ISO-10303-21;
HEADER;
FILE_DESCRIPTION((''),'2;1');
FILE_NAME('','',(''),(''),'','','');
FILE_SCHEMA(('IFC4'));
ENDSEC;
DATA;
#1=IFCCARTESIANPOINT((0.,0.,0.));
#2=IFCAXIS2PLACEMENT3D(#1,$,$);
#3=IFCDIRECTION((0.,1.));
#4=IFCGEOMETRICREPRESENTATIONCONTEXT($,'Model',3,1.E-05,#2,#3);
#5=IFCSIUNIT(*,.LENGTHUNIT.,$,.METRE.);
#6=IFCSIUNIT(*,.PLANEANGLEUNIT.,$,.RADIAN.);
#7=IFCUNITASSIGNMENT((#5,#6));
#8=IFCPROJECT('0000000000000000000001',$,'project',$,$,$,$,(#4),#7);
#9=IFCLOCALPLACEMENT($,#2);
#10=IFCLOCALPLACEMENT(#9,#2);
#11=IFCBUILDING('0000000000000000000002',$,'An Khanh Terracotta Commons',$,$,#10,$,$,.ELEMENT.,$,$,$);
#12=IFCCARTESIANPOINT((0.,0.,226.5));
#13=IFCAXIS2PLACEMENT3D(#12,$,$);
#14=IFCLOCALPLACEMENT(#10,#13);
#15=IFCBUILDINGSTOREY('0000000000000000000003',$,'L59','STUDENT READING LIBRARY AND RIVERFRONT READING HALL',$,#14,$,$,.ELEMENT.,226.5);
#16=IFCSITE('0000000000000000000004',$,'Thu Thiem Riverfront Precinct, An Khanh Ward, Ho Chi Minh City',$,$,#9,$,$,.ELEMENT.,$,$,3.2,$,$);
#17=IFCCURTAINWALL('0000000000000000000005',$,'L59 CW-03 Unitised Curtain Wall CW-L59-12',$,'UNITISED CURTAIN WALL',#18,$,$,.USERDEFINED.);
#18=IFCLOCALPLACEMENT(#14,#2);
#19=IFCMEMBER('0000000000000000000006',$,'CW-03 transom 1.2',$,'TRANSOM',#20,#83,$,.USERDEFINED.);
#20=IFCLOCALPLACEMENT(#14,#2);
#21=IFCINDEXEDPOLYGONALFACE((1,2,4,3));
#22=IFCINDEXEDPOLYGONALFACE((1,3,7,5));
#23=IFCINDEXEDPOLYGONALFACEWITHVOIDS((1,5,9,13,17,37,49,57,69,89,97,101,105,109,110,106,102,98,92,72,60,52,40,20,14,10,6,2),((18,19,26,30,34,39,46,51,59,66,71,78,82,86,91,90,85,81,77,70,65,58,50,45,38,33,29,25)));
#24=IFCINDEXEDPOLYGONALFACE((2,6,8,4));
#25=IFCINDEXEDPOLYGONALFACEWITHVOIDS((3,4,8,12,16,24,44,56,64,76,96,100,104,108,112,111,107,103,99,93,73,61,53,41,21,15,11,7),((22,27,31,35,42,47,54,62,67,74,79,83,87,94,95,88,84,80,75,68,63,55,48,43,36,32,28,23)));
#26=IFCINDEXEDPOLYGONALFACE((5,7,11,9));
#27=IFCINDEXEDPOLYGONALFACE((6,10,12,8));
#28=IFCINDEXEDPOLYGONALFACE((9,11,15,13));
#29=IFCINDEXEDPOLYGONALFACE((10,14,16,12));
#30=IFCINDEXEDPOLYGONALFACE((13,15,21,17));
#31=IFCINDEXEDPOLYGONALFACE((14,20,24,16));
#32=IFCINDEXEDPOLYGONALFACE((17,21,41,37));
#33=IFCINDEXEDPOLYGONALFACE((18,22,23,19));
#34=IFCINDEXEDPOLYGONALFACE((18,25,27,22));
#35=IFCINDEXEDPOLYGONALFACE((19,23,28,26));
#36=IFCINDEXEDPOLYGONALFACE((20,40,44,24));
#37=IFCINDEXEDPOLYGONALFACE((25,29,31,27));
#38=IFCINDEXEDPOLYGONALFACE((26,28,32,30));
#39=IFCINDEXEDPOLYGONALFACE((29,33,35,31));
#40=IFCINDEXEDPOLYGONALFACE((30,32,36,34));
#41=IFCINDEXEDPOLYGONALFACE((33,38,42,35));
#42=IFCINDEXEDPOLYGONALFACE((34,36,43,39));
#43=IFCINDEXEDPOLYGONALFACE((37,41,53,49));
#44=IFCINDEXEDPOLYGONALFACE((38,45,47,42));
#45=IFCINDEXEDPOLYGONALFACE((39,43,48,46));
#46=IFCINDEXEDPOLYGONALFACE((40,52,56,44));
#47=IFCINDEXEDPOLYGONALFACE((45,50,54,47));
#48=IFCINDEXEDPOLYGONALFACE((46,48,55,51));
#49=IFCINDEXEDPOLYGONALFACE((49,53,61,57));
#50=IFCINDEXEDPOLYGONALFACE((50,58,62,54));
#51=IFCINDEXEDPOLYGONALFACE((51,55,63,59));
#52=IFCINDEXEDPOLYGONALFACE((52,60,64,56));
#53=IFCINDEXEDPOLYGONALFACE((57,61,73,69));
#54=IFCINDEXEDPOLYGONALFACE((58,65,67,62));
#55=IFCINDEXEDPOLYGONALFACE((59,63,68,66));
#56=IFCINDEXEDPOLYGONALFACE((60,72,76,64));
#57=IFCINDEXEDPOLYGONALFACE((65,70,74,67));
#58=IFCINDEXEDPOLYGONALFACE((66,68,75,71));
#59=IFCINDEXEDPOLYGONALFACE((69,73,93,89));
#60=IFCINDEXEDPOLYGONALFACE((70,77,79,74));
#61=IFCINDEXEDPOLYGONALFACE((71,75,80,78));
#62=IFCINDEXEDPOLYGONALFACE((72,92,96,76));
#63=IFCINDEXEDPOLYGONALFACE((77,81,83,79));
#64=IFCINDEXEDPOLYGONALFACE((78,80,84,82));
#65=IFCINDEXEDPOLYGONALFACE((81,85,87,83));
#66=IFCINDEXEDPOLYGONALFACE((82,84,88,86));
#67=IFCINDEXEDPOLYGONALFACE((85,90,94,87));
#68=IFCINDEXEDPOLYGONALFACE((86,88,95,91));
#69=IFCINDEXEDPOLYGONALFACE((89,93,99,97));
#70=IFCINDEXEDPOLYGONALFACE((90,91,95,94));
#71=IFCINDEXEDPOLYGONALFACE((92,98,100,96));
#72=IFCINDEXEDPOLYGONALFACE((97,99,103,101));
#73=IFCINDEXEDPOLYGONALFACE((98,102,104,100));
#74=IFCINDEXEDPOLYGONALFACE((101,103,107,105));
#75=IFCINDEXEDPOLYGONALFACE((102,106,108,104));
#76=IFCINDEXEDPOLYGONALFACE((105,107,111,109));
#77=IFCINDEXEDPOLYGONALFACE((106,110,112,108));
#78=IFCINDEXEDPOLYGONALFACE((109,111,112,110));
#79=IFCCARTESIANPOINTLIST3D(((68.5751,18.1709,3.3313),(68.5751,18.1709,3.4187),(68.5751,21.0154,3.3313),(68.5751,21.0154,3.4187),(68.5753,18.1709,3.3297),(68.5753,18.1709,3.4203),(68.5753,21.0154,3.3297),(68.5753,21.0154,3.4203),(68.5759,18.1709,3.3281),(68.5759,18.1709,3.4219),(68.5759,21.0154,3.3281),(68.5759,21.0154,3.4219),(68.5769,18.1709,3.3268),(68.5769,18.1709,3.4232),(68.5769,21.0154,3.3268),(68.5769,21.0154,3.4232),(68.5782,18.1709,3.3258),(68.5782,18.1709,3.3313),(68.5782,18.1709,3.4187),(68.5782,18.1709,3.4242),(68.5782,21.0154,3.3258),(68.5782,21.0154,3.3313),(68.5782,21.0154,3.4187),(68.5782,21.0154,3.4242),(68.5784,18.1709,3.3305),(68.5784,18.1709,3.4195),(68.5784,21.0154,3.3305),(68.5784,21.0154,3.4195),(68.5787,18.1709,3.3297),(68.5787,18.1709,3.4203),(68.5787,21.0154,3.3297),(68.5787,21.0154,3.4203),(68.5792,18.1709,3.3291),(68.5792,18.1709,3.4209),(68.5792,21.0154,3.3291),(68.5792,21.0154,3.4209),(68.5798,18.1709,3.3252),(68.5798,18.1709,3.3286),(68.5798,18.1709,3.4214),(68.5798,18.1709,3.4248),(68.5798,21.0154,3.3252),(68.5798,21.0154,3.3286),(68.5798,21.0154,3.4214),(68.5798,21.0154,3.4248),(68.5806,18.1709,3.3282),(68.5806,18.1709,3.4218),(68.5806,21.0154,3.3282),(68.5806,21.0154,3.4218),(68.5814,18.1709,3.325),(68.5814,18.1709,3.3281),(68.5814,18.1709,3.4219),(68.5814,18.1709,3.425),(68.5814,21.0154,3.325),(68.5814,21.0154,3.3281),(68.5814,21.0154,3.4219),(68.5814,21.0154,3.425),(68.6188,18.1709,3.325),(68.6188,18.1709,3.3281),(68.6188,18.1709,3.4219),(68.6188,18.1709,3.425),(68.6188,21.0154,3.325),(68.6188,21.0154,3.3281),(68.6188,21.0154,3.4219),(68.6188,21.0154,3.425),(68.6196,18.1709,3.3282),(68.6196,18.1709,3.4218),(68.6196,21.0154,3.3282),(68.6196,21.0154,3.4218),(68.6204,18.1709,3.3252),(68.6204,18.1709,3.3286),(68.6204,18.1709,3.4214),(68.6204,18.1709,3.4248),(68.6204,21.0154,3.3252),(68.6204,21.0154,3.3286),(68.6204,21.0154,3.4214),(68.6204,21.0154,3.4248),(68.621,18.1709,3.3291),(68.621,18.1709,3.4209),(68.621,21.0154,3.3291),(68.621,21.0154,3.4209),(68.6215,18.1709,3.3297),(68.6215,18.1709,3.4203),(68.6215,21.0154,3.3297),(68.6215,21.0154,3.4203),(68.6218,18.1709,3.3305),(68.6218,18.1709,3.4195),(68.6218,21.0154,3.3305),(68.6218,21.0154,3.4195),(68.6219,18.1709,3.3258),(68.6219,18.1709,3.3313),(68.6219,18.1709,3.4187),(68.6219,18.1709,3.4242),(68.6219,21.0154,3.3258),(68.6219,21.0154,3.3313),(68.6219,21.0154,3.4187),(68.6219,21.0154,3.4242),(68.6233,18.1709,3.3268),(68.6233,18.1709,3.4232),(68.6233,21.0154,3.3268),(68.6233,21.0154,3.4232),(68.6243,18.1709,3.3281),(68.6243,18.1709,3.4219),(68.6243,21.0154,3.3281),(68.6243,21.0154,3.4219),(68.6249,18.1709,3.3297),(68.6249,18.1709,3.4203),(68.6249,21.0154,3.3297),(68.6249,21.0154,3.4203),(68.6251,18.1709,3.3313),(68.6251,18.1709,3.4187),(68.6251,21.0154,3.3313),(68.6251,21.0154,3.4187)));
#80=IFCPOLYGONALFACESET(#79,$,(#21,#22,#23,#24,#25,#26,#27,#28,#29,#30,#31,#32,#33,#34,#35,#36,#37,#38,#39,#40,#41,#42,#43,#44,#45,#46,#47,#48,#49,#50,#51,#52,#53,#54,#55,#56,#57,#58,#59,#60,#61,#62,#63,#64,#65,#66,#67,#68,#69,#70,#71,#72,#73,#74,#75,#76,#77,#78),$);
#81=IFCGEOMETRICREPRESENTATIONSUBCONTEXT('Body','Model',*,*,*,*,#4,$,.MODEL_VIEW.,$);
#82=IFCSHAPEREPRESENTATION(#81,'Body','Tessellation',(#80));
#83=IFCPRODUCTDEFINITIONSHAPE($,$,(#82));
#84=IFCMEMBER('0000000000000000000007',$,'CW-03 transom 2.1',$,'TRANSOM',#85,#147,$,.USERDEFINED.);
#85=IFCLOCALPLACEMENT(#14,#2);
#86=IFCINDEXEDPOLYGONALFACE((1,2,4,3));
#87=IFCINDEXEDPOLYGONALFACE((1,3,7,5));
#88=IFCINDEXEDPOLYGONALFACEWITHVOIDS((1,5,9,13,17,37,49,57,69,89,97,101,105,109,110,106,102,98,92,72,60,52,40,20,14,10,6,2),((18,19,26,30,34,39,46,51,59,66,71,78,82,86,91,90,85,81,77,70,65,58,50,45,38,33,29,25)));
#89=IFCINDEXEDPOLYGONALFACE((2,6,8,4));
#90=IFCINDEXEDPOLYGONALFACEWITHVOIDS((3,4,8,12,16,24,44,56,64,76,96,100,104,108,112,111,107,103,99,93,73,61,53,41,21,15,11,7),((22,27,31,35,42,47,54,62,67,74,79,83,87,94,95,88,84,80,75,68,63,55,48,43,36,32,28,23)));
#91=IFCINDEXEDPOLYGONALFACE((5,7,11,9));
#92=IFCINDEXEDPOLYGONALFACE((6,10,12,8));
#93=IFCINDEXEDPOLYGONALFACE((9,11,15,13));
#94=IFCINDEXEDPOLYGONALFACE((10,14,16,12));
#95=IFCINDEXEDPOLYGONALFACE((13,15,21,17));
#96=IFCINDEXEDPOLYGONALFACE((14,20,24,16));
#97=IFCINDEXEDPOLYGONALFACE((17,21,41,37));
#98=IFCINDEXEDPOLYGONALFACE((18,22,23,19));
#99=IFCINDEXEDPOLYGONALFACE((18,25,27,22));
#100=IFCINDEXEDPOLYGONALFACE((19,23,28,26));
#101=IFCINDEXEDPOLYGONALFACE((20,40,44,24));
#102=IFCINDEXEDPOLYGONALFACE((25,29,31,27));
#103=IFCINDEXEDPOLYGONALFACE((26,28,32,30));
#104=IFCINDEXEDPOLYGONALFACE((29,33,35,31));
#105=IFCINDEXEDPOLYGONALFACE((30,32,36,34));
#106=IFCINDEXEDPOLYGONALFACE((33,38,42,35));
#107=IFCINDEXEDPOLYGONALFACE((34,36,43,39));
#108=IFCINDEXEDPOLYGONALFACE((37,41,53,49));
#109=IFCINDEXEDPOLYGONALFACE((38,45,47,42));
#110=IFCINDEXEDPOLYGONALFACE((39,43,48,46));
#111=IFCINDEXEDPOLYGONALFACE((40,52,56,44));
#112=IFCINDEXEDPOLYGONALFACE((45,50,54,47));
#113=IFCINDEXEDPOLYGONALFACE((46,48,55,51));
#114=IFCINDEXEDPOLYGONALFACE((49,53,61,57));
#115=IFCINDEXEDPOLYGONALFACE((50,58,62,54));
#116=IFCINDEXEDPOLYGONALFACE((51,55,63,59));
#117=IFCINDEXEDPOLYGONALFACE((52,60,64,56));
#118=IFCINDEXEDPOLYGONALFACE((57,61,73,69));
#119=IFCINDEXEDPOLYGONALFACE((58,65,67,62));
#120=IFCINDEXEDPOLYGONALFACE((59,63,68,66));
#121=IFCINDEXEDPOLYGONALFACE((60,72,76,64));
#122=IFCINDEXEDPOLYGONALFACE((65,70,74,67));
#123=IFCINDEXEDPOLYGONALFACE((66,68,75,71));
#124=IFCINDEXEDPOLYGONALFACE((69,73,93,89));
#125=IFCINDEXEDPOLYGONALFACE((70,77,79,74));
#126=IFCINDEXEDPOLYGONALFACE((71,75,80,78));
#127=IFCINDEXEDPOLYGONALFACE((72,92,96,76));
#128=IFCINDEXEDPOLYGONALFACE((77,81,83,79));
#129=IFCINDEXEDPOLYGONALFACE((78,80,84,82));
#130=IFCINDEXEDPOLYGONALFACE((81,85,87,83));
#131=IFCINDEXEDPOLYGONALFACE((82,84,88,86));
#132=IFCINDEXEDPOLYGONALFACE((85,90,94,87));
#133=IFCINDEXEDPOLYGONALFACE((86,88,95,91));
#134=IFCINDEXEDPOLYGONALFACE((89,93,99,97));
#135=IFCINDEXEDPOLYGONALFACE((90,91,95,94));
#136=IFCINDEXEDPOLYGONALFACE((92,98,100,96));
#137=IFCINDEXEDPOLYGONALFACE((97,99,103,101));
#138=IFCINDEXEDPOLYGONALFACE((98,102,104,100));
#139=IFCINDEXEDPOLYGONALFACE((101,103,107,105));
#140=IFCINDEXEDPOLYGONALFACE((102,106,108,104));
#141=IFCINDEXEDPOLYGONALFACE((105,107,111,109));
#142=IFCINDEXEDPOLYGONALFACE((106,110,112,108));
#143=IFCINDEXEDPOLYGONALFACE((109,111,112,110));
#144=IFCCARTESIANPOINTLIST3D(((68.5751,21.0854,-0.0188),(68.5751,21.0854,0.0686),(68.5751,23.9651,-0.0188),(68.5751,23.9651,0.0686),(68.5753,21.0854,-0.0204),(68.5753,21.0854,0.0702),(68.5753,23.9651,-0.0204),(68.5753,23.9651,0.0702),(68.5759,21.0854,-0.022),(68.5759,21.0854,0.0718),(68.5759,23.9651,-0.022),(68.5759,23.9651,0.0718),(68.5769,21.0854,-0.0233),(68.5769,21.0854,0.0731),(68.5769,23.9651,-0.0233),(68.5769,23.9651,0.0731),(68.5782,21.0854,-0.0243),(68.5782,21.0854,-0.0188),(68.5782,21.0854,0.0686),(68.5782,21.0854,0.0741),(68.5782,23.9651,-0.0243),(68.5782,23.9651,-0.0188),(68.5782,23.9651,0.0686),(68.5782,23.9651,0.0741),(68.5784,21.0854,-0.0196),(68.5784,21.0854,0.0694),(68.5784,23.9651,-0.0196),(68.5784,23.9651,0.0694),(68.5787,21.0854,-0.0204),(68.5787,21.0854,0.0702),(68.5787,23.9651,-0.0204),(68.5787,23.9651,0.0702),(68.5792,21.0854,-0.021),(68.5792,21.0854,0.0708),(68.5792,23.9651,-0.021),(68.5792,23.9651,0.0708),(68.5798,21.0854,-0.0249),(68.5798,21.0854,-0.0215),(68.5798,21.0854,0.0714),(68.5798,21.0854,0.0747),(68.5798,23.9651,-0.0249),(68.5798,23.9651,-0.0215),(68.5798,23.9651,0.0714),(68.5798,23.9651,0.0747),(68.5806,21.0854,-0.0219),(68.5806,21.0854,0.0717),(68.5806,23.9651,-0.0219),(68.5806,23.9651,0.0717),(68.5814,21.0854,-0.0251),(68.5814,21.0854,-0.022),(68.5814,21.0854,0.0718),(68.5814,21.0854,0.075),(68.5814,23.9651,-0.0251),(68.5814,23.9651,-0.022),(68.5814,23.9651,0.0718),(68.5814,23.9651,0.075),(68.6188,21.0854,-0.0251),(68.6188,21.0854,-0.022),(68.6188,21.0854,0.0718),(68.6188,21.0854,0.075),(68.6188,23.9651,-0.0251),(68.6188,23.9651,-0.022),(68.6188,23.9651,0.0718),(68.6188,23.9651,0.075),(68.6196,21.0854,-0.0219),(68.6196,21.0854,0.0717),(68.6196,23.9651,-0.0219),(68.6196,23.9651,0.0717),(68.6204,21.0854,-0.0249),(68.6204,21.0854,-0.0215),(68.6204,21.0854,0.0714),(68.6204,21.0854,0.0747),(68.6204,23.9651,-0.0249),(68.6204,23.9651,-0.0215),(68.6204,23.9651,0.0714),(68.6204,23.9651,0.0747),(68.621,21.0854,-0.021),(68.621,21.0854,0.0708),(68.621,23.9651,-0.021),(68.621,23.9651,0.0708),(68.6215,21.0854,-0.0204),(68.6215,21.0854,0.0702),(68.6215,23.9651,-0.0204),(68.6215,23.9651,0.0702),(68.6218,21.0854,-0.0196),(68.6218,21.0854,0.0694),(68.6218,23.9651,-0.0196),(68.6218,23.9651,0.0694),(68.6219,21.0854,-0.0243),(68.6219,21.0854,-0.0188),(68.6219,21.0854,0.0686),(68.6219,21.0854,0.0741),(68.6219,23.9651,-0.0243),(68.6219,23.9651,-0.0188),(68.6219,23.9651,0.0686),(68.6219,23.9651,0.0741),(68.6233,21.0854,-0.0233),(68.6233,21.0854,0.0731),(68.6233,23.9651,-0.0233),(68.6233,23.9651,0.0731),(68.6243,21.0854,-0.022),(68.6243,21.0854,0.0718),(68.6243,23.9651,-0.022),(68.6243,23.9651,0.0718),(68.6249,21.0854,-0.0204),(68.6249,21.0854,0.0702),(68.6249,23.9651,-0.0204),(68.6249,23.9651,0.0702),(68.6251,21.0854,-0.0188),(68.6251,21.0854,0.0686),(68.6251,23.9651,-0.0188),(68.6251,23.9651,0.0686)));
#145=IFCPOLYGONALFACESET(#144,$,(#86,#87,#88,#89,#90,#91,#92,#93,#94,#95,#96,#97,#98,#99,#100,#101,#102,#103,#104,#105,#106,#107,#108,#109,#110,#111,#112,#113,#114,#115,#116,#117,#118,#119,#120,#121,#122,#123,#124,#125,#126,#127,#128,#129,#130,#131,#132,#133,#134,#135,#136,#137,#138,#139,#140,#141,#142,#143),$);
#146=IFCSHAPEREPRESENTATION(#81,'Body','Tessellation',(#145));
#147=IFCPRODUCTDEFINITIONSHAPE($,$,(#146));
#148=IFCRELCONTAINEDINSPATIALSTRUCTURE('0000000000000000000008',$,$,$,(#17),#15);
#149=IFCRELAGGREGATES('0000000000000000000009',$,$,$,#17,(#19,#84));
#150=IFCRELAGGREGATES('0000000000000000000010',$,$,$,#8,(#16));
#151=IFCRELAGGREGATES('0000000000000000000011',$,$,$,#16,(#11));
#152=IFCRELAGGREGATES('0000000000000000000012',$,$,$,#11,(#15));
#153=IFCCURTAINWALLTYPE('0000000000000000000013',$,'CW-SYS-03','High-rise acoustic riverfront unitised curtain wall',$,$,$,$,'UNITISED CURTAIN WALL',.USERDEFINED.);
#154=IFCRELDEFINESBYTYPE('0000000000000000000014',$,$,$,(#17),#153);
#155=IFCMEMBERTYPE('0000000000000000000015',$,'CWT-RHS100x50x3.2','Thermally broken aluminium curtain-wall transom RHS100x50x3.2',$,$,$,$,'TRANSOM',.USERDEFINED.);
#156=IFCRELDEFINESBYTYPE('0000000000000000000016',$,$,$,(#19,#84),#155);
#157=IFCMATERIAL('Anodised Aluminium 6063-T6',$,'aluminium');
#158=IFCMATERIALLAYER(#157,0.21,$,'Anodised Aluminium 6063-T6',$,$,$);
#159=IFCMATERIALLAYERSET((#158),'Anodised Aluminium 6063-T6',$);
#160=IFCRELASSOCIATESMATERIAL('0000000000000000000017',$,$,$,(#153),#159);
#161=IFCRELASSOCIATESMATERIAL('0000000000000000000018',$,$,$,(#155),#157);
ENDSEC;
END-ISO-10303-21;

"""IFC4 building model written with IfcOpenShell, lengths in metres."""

from ifc_helpers import new_model, si_unit, direction, frame, origin, origin_2d, place, context, subcontext, project, spatial, hollow_rectangle, extrude, material, layer, layer_set, material_profile, profile_set, type_object, element, aggregate, save


model = new_model("IFC4")

# Units and contexts
model_context = context("Model", 3, precision=1e-05, world=origin(), true_north=direction((0.0, 1.0)))
body_context = subcontext(model_context, "Body", "Model", "MODEL_VIEW")
ifc_project = project(units=[si_unit("LENGTHUNIT", "METRE"), si_unit("PLANEANGLEUNIT", "RADIAN")], contexts=[model_context])

# Site, building, storey
site_placement = place(None, origin())
site = spatial("IfcSite", under=ifc_project, at=site_placement, Name="Thu Thiem Riverfront Precinct, An Khanh Ward, Ho Chi Minh City", CompositionType="ELEMENT", RefElevation=3.2)
building_placement = place(site_placement, origin())
building = spatial("IfcBuilding", under=site, at=building_placement, Name="An Khanh Terracotta Commons", CompositionType="ELEMENT")
storey_placement = place(building_placement, frame((0.0, 0.0, 226.5)))
storey = spatial("IfcBuildingStorey", under=building, at=storey_placement, Name="L59", Description="STUDENT READING LIBRARY AND RIVERFRONT READING HALL", CompositionType="ELEMENT", Elevation=226.5)

# Curtain wall, members
ifc_material_1 = material(Name="Anodised Aluminium 6063-T6", Category="aluminium")
ifc_layer_1 = layer(ifc_material_1, 0.21, Name="Anodised Aluminium 6063-T6")
ifc_layer_set_1 = layer_set([ifc_layer_1], Name="Anodised Aluminium 6063-T6")
curtain_wall_type = type_object("IfcCurtainWallType", Name="CW-SYS-03", Description="High-rise acoustic riverfront unitised curtain wall", ElementType="UNITISED CURTAIN WALL", PredefinedType="USERDEFINED", material=ifc_layer_set_1)
curtain_wall_placement = place(storey_placement, origin())
curtain_wall = element("IfcCurtainWall", 1, at=curtain_wall_placement, inside=storey, type_object=curtain_wall_type, Name="L59 CW-03 Unitised Curtain Wall CW-L59-12", ObjectType="UNITISED CURTAIN WALL", PredefinedType="USERDEFINED")
ifc_material_profile_1 = material_profile(ifc_material_1, hollow_rectangle(XDim=0.05, YDim=0.1001, WallThickness=0.0032, InnerFilletRadius=0.0032, OuterFilletRadius=0.0063, at=origin_2d()), Name="RHS100x50x3.2")
ifc_profile_set_1 = profile_set([ifc_material_profile_1], Name="Anodised Aluminium 6063-T6")
member_type_1 = type_object("IfcMemberType", Name="CWT-RHS100x50x3.2", Description="Thermally broken aluminium curtain-wall transom RHS100x50x3.2", ElementType="TRANSOM", PredefinedType="USERDEFINED", material=ifc_profile_set_1)
member_1_placement = place(storey_placement, frame((68.6001, 18.1709, 3.375), z_axis=(0.0, 1.0, 0.0), x_axis=(-1.0, 0.0, 0.0)))
member_1 = element("IfcMember", 2, at=member_1_placement, type_object=member_type_1, Name="CW-03 transom 1.2", ObjectType="TRANSOM", PredefinedType="USERDEFINED", context=body_context, shape_type="SweptSolid", body=[
    extrude(hollow_rectangle(XDim=0.05, YDim=0.1001, WallThickness=0.0032, InnerFilletRadius=0.0032, OuterFilletRadius=0.0063, at=origin_2d()), origin(), (0.0, 0.0, 1.0), 2.8445),
])
member_2_placement = place(storey_placement, frame((68.6001, 21.0854, 0.0249), z_axis=(0.0, 1.0, 0.0), x_axis=(-1.0, 0.0, 0.0)))
member_2 = element("IfcMember", 3, at=member_2_placement, type_object=member_type_1, Name="CW-03 transom 2.1", ObjectType="TRANSOM", PredefinedType="USERDEFINED", context=body_context, shape_type="SweptSolid", body=[
    extrude(hollow_rectangle(XDim=0.05, YDim=0.1001, WallThickness=0.0032, InnerFilletRadius=0.0032, OuterFilletRadius=0.0063, at=origin_2d()), origin(), (0.0, 0.0, 1.0), 2.8796),
])
aggregate(curtain_wall, [member_1, member_2])

save(model, "model.ifc")
